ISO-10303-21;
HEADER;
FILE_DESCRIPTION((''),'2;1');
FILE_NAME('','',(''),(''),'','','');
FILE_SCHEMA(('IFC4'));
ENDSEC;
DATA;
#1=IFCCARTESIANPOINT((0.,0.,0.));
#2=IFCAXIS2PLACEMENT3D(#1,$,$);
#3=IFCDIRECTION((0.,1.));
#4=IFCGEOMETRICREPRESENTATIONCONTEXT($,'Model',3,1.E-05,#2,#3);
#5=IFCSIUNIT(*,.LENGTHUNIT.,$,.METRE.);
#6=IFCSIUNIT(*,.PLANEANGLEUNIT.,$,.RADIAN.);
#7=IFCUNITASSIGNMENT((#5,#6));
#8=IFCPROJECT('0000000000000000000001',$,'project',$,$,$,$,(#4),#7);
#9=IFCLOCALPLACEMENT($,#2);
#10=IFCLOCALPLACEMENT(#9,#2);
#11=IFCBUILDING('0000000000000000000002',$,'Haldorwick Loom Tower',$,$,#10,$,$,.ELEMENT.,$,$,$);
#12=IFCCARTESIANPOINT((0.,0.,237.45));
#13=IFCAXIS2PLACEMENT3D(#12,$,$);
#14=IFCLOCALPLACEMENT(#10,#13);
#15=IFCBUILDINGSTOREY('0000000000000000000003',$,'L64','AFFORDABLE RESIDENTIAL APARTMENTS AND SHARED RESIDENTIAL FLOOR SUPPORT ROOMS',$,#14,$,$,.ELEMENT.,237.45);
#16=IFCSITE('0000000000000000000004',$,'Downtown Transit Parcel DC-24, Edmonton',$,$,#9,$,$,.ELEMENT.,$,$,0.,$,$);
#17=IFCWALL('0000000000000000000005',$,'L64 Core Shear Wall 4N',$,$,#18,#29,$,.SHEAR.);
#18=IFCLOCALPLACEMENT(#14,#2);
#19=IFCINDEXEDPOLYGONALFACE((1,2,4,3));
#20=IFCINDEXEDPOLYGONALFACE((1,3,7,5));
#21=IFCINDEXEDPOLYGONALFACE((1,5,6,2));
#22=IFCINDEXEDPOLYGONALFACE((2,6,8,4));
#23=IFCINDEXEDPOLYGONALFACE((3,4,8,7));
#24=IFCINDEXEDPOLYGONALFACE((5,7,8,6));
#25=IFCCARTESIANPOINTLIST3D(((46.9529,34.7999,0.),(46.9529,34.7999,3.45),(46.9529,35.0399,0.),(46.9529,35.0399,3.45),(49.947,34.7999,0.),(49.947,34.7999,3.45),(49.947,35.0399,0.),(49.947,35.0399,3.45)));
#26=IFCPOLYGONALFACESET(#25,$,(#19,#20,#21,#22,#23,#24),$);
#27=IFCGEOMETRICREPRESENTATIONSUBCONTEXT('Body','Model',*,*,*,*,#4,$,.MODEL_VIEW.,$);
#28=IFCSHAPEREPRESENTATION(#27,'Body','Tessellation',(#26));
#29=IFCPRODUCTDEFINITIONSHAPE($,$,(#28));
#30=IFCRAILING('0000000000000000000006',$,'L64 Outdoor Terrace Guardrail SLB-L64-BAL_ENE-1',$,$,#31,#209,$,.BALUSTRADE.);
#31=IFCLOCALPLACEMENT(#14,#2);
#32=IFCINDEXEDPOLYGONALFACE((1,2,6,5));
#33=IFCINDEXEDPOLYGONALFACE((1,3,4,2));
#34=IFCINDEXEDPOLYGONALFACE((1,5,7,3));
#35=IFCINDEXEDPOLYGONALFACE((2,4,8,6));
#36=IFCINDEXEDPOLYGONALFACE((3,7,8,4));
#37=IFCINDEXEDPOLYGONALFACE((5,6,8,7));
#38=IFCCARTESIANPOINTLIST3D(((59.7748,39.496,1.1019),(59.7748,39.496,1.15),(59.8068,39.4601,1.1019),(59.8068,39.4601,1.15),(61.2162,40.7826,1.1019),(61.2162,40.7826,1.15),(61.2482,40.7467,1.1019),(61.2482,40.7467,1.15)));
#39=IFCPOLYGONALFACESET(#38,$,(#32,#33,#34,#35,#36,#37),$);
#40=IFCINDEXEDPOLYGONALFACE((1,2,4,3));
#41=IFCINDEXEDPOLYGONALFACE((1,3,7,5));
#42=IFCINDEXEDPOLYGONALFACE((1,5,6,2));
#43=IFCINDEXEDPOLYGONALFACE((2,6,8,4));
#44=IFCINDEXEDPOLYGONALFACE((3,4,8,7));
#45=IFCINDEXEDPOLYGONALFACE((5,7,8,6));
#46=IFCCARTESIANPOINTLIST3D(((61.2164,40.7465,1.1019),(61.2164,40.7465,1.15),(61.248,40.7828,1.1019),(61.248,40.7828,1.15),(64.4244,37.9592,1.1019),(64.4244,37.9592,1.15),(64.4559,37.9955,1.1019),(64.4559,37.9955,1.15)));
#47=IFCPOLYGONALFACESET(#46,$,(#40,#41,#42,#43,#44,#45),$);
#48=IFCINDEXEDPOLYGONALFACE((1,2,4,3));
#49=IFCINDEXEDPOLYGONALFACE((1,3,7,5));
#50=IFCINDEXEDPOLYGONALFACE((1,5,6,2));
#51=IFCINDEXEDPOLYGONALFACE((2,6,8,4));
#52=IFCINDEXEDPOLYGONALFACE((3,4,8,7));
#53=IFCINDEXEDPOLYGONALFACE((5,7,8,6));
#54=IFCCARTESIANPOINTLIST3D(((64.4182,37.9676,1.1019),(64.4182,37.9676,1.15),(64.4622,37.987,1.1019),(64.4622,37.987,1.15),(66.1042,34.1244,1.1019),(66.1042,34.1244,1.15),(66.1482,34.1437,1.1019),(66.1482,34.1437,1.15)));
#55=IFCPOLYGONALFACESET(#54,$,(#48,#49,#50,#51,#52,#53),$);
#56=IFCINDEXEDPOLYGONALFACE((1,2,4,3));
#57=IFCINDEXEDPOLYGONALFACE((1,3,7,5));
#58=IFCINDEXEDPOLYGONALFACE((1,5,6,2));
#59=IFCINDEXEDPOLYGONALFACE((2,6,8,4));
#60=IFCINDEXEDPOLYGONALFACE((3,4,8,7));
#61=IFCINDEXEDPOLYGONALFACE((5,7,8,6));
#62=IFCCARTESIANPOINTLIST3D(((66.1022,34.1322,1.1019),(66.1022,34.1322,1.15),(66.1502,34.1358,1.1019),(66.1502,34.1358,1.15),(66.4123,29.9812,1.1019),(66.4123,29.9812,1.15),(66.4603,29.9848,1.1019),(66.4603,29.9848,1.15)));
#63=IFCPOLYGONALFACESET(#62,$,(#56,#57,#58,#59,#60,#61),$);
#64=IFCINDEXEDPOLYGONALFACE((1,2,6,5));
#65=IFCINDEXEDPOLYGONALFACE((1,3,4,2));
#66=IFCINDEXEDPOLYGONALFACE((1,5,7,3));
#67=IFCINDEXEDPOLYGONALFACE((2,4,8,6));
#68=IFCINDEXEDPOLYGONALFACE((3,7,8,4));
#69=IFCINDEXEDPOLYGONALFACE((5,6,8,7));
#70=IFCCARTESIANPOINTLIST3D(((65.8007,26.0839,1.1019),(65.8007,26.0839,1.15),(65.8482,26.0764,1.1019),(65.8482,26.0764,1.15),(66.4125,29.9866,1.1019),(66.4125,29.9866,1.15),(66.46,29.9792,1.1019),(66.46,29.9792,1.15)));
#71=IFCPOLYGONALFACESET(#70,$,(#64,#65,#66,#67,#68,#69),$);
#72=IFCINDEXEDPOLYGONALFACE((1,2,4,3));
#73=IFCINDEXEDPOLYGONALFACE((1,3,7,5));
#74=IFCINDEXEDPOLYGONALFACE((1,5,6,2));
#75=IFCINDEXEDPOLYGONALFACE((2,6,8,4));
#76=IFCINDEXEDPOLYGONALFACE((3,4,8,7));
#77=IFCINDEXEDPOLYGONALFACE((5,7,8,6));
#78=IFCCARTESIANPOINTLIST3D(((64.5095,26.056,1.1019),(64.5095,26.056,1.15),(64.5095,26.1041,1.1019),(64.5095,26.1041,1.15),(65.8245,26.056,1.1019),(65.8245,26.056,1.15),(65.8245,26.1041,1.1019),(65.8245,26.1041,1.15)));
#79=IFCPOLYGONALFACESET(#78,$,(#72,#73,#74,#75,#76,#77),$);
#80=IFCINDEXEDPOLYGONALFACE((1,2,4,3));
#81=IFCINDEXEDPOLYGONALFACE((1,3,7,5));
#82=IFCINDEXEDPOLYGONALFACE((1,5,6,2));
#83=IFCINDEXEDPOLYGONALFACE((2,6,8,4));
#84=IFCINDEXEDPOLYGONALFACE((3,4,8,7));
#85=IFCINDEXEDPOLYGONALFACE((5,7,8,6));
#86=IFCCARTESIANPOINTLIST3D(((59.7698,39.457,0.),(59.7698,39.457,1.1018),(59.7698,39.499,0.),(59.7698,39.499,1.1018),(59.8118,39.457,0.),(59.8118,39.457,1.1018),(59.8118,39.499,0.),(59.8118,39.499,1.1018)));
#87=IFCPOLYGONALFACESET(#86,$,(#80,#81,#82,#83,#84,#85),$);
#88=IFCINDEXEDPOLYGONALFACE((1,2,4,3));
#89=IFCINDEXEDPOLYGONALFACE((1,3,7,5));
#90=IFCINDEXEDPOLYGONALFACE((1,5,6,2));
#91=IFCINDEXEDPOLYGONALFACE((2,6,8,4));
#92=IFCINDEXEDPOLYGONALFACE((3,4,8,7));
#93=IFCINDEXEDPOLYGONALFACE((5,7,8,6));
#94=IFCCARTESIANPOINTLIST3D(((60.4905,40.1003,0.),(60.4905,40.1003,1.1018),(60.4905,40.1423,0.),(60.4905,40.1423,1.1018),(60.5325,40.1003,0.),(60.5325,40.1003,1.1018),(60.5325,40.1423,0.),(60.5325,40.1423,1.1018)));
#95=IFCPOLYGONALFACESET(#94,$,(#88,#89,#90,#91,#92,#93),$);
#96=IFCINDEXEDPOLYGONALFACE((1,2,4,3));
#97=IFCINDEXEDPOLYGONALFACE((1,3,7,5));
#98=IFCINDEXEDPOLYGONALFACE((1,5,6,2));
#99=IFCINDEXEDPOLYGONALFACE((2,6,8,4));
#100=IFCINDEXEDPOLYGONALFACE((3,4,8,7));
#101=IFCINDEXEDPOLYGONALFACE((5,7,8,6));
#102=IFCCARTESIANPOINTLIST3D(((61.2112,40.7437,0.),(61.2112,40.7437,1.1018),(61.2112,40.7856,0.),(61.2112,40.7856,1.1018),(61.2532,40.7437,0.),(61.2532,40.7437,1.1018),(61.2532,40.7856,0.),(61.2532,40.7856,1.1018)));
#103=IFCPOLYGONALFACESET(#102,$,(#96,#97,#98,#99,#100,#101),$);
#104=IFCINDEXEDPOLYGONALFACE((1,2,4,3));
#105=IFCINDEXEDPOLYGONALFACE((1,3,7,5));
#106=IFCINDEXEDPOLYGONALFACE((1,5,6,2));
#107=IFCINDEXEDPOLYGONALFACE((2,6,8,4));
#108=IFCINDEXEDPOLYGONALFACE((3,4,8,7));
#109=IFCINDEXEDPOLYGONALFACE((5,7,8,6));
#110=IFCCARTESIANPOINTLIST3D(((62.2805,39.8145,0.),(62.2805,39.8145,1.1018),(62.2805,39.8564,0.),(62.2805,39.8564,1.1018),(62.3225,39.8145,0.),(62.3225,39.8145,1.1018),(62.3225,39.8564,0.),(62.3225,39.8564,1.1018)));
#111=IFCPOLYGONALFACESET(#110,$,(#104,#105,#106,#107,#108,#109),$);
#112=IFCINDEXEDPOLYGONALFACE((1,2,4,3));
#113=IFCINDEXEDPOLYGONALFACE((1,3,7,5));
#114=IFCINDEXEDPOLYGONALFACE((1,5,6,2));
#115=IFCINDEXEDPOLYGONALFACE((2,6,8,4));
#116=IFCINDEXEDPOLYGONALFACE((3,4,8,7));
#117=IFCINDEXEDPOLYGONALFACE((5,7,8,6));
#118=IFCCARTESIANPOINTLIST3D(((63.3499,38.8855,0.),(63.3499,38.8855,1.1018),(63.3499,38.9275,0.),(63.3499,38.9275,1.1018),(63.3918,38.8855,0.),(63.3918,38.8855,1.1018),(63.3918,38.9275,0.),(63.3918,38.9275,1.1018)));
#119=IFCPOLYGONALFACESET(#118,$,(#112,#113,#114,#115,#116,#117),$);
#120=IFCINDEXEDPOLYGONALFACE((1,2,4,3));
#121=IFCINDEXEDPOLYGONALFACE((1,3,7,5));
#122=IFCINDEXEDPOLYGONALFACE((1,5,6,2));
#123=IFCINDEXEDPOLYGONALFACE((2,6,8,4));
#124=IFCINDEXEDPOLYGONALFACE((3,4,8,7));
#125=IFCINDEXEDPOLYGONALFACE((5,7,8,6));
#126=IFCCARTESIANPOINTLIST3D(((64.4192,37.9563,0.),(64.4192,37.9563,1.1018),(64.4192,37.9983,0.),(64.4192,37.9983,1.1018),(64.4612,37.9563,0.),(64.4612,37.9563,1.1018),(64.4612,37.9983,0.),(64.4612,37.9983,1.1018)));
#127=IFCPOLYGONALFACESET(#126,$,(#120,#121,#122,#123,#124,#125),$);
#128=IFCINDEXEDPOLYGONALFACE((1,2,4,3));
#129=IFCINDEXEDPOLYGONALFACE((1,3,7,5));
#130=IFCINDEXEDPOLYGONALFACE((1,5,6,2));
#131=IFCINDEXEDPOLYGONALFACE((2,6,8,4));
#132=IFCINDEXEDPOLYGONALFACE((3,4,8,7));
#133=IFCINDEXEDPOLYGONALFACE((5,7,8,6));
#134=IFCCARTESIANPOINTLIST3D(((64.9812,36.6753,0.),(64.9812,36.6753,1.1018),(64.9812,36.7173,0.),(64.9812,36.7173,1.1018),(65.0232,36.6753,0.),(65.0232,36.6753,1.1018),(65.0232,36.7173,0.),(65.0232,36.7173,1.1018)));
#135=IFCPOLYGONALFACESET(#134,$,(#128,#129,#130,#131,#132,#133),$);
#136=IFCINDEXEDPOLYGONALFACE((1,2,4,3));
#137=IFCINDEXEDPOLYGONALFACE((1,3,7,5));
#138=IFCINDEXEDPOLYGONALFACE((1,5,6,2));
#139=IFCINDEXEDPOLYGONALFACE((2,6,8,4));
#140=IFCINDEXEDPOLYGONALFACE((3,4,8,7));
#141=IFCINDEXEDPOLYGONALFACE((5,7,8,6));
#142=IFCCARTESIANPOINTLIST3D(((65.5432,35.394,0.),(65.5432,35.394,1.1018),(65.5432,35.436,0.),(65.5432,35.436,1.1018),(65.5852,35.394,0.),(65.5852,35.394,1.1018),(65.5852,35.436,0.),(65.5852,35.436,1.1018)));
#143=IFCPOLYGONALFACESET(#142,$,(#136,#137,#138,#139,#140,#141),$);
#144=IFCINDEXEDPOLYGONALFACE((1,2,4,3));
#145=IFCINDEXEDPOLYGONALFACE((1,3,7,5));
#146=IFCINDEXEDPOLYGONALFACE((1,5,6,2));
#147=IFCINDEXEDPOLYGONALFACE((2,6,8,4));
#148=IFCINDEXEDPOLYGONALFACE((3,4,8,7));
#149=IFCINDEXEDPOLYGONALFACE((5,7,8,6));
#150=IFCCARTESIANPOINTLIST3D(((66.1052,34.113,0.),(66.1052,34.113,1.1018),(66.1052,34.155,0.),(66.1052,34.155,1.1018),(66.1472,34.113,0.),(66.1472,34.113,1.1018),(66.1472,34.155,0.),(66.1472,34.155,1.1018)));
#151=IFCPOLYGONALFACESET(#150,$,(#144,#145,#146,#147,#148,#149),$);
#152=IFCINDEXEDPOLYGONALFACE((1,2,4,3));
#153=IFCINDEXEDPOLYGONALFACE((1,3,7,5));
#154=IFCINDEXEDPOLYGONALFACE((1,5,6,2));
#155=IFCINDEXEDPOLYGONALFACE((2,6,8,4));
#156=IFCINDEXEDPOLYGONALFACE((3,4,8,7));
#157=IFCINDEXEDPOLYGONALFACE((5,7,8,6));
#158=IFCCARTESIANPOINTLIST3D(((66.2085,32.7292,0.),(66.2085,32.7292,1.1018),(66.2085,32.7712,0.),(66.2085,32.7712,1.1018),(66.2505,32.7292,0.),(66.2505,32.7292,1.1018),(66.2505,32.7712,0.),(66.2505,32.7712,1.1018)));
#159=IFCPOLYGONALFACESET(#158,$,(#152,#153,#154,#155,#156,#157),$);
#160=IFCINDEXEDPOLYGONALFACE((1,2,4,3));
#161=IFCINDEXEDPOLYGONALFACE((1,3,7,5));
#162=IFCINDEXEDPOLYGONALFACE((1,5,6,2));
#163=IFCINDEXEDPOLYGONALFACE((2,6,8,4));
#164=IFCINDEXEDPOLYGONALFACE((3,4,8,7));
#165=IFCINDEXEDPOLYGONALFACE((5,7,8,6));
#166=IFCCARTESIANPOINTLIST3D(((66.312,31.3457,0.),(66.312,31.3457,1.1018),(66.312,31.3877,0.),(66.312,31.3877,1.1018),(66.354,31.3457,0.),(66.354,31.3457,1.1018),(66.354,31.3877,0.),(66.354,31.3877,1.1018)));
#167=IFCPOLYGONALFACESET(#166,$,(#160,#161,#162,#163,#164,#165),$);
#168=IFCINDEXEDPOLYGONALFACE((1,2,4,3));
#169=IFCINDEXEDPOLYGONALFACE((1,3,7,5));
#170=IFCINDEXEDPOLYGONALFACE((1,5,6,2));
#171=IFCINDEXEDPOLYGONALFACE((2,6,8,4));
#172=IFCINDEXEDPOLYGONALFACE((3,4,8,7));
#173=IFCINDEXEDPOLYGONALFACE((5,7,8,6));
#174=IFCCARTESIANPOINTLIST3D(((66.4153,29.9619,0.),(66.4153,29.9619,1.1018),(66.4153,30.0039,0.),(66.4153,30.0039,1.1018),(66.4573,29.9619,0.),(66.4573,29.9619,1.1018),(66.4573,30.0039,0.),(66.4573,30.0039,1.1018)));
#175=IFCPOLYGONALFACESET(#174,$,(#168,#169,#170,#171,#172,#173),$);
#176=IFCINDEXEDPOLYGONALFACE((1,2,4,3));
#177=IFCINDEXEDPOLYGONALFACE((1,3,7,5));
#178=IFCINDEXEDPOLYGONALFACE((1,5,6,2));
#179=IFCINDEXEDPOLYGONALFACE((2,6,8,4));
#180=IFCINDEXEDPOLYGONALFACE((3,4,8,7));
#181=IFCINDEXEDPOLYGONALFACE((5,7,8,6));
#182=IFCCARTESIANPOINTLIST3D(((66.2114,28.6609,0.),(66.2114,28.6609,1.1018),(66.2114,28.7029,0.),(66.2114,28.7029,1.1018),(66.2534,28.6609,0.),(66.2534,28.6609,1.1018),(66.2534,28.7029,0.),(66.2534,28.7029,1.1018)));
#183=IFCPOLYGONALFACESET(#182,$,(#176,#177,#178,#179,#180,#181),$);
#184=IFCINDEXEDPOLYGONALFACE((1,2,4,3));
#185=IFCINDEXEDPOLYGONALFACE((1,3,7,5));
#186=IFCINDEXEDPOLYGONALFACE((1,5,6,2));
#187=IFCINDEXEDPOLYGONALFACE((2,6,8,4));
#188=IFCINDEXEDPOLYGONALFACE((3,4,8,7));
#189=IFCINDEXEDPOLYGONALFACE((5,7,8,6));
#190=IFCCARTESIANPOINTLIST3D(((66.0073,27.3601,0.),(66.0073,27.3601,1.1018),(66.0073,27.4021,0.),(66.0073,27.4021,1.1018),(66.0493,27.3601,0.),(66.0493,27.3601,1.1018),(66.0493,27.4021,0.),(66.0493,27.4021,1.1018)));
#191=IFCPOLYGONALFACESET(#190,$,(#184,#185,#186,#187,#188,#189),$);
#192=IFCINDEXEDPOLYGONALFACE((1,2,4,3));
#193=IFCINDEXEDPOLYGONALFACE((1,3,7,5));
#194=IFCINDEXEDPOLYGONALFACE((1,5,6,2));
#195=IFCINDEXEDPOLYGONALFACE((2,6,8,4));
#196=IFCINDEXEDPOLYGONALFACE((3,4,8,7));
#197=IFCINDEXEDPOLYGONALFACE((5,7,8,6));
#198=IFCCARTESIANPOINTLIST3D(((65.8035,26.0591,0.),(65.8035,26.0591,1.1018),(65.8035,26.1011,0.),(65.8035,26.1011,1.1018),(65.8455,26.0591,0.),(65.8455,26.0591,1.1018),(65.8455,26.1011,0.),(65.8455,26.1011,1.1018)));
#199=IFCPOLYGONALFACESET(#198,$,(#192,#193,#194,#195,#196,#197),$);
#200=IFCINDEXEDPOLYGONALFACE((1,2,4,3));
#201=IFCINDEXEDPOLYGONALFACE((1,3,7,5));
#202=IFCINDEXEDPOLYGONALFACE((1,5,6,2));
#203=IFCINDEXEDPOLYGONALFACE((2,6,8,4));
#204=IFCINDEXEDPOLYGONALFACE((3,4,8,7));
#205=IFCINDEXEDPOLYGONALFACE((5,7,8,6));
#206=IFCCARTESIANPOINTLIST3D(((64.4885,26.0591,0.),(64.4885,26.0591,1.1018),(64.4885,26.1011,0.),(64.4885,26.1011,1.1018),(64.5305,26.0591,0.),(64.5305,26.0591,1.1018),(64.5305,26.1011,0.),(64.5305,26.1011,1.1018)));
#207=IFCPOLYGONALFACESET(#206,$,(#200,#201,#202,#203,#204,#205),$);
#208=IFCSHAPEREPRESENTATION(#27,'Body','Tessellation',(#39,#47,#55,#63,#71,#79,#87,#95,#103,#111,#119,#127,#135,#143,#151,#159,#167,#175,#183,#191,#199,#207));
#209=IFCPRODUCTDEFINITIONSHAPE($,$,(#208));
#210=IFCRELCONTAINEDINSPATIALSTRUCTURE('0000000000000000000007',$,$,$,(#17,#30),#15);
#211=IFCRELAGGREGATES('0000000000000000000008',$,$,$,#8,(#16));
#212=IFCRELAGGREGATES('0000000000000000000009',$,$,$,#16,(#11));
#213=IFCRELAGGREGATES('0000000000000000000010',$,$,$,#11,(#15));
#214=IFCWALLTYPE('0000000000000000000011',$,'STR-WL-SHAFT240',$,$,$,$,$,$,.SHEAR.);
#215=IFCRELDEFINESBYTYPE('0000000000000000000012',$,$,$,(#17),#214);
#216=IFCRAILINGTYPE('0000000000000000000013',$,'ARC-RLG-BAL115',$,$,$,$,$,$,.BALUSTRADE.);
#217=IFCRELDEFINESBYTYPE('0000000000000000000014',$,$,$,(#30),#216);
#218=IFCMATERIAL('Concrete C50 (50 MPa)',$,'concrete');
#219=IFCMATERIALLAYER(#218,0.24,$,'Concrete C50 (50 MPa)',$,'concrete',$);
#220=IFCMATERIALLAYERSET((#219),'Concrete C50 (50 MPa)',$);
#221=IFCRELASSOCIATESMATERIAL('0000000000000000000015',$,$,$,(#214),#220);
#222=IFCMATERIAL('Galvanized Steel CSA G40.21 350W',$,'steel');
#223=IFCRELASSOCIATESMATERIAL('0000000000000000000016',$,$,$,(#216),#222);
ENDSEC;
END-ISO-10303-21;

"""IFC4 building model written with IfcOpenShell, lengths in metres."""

from ifc_helpers import new_model, si_unit, direction, frame, frame_2d, origin, origin_2d, place, context, subcontext, project, spatial, rectangle, extrude, material, layer, layer_set, type_object, element, save


model = new_model("IFC4")

# Units and contexts
model_context = context("Model", 3, precision=1e-05, world=origin(), true_north=direction((0.0, 1.0)))
body_context = subcontext(model_context, "Body", "Model", "MODEL_VIEW")
ifc_project = project(units=[si_unit("LENGTHUNIT", "METRE"), si_unit("PLANEANGLEUNIT", "RADIAN")], contexts=[model_context])

# Site, building, storey
site_placement = place(None, origin())
site = spatial("IfcSite", under=ifc_project, at=site_placement, Name="Downtown Transit Parcel DC-24, Edmonton", CompositionType="ELEMENT", RefElevation=0.0)
building_placement = place(site_placement, origin())
building = spatial("IfcBuilding", under=site, at=building_placement, Name="Haldorwick Loom Tower", CompositionType="ELEMENT")
storey_placement = place(building_placement, frame((0.0, 0.0, 237.45)))
storey = spatial("IfcBuildingStorey", under=building, at=storey_placement, Name="L64", Description="AFFORDABLE RESIDENTIAL APARTMENTS AND SHARED RESIDENTIAL FLOOR SUPPORT ROOMS", CompositionType="ELEMENT", Elevation=237.45)

# Wall
ifc_material_1 = material(Name="Concrete C50 (50 MPa)", Category="concrete")
ifc_layer_1 = layer(ifc_material_1, 0.24, Name="Concrete C50 (50 MPa)", Category="concrete")
ifc_layer_set_1 = layer_set([ifc_layer_1], Name="Concrete C50 (50 MPa)")
wall_type_1 = type_object("IfcWallType", Name="STR-WL-SHAFT240", PredefinedType="SHEAR", material=ifc_layer_set_1)
wall_1_placement = place(storey_placement, frame((46.9529, 34.9199, 0.0), z_axis=(0.0, 0.0, 1.0), x_axis=(1.0, 0.0, 0.0)))
element("IfcWall", 1, at=wall_1_placement, inside=storey, type_object=wall_type_1, Name="L64 Core Shear Wall 4N", PredefinedType="SHEAR", context=body_context, shape_type="SweptSolid", body=[
    extrude(rectangle(XDim=2.9941, YDim=0.24, at=frame_2d((1.4971, 0.0))), origin(), (0.0, 0.0, 1.0), 3.45),
])

# Railing
ifc_material_2 = material(Name="Galvanized Steel CSA G40.21 350W", Category="steel")
railing_type = type_object("IfcRailingType", Name="ARC-RLG-BAL115", PredefinedType="BALUSTRADE", material=ifc_material_2)
railing_placement = place(storey_placement, frame((59.7908, 39.478, 0.0)))
element("IfcRailing", 2, at=railing_placement, inside=storey, type_object=railing_type, Name="L64 Outdoor Terrace Guardrail SLB-L64-BAL_ENE-1", PredefinedType="BALUSTRADE", context=body_context, shape_type="SweptSolid", body=[
    extrude(rectangle(XDim=0.0481, YDim=0.0481, at=origin_2d()), frame((0.0, 0.0, 1.126), z_axis=(0.746027, 0.665915, 0.0), x_axis=(-0.665915, 0.746027, 0.0)), (0.0, 0.0, 1.0), 1.9321),
    extrude(rectangle(XDim=0.0481, YDim=0.0481, at=origin_2d()), frame((1.4414, 1.2866, 1.126), z_axis=(0.754864, -0.655881, 0.0), x_axis=(0.655881, 0.754864, 0.0)), (0.0, 0.0, 1.0), 4.2498),
    extrude(rectangle(XDim=0.0481, YDim=0.0481, at=origin_2d()), frame((4.6494, -1.5007, 1.126), z_axis=(0.40174, -0.915754, 0.0), x_axis=(0.915754, 0.40174, 0.0)), (0.0, 0.0, 1.0), 4.1968),
    extrude(rectangle(XDim=0.0481, YDim=0.0481, at=origin_2d()), frame((6.3354, -5.344, 1.126), z_axis=(0.074485, -0.997222, 0.0), x_axis=(0.997222, 0.074485, 0.0)), (0.0, 0.0, 1.0), 4.1626),
    extrude(rectangle(XDim=0.0481, YDim=0.0481, at=origin_2d()), frame((6.6455, -9.4951, 1.126), z_axis=(-0.154871, -0.987935, 0.0), x_axis=(0.987935, -0.154871, 0.0)), (0.0, 0.0, 1.0), 3.9504),
    extrude(rectangle(XDim=0.0481, YDim=0.0481, at=origin_2d()), frame((6.0337, -13.3979, 1.126), z_axis=(-1.0, 0.0, 0.0), x_axis=(0.0, -1.0, 0.0)), (0.0, 0.0, 1.0), 1.3149),
    extrude(rectangle(XDim=0.042, YDim=0.042, at=origin_2d()), origin(), (0.0, 0.0, 1.0), 1.1018),
    extrude(rectangle(XDim=0.042, YDim=0.042, at=origin_2d()), frame((0.7207, 0.6433, 0.0)), (0.0, 0.0, 1.0), 1.1018),
    extrude(rectangle(XDim=0.042, YDim=0.042, at=origin_2d()), frame((1.4414, 1.2866, 0.0)), (0.0, 0.0, 1.0), 1.1018),
    extrude(rectangle(XDim=0.042, YDim=0.042, at=origin_2d()), frame((2.5107, 0.3574, 0.0)), (0.0, 0.0, 1.0), 1.1018),
    extrude(rectangle(XDim=0.042, YDim=0.042, at=origin_2d()), frame((3.5801, -0.5715, 0.0)), (0.0, 0.0, 1.0), 1.1018),
    extrude(rectangle(XDim=0.042, YDim=0.042, at=origin_2d()), frame((4.6494, -1.5007, 0.0)), (0.0, 0.0, 1.0), 1.1018),
    extrude(rectangle(XDim=0.042, YDim=0.042, at=origin_2d()), frame((5.2114, -2.7817, 0.0)), (0.0, 0.0, 1.0), 1.1018),
    extrude(rectangle(XDim=0.042, YDim=0.042, at=origin_2d()), frame((5.7734, -4.063, 0.0)), (0.0, 0.0, 1.0), 1.1018),
    extrude(rectangle(XDim=0.042, YDim=0.042, at=origin_2d()), frame((6.3354, -5.344, 0.0)), (0.0, 0.0, 1.0), 1.1018),
    extrude(rectangle(XDim=0.042, YDim=0.042, at=origin_2d()), frame((6.4387, -6.7278, 0.0)), (0.0, 0.0, 1.0), 1.1018),
    extrude(rectangle(XDim=0.042, YDim=0.042, at=origin_2d()), frame((6.5422, -8.1113, 0.0)), (0.0, 0.0, 1.0), 1.1018),
    extrude(rectangle(XDim=0.042, YDim=0.042, at=origin_2d()), frame((6.6455, -9.4951, 0.0)), (0.0, 0.0, 1.0), 1.1018),
    extrude(rectangle(XDim=0.042, YDim=0.042, at=origin_2d()), frame((6.4417, -10.7961, 0.0)), (0.0, 0.0, 1.0), 1.1018),
    extrude(rectangle(XDim=0.042, YDim=0.042, at=origin_2d()), frame((6.2375, -12.0969, 0.0)), (0.0, 0.0, 1.0), 1.1018),
    extrude(rectangle(XDim=0.042, YDim=0.042, at=origin_2d()), frame((6.0337, -13.3979, 0.0)), (0.0, 0.0, 1.0), 1.1018),
    extrude(rectangle(XDim=0.042, YDim=0.042, at=origin_2d()), frame((4.7188, -13.3979, 0.0)), (0.0, 0.0, 1.0), 1.1018),
])

save(model, "model.ifc")
